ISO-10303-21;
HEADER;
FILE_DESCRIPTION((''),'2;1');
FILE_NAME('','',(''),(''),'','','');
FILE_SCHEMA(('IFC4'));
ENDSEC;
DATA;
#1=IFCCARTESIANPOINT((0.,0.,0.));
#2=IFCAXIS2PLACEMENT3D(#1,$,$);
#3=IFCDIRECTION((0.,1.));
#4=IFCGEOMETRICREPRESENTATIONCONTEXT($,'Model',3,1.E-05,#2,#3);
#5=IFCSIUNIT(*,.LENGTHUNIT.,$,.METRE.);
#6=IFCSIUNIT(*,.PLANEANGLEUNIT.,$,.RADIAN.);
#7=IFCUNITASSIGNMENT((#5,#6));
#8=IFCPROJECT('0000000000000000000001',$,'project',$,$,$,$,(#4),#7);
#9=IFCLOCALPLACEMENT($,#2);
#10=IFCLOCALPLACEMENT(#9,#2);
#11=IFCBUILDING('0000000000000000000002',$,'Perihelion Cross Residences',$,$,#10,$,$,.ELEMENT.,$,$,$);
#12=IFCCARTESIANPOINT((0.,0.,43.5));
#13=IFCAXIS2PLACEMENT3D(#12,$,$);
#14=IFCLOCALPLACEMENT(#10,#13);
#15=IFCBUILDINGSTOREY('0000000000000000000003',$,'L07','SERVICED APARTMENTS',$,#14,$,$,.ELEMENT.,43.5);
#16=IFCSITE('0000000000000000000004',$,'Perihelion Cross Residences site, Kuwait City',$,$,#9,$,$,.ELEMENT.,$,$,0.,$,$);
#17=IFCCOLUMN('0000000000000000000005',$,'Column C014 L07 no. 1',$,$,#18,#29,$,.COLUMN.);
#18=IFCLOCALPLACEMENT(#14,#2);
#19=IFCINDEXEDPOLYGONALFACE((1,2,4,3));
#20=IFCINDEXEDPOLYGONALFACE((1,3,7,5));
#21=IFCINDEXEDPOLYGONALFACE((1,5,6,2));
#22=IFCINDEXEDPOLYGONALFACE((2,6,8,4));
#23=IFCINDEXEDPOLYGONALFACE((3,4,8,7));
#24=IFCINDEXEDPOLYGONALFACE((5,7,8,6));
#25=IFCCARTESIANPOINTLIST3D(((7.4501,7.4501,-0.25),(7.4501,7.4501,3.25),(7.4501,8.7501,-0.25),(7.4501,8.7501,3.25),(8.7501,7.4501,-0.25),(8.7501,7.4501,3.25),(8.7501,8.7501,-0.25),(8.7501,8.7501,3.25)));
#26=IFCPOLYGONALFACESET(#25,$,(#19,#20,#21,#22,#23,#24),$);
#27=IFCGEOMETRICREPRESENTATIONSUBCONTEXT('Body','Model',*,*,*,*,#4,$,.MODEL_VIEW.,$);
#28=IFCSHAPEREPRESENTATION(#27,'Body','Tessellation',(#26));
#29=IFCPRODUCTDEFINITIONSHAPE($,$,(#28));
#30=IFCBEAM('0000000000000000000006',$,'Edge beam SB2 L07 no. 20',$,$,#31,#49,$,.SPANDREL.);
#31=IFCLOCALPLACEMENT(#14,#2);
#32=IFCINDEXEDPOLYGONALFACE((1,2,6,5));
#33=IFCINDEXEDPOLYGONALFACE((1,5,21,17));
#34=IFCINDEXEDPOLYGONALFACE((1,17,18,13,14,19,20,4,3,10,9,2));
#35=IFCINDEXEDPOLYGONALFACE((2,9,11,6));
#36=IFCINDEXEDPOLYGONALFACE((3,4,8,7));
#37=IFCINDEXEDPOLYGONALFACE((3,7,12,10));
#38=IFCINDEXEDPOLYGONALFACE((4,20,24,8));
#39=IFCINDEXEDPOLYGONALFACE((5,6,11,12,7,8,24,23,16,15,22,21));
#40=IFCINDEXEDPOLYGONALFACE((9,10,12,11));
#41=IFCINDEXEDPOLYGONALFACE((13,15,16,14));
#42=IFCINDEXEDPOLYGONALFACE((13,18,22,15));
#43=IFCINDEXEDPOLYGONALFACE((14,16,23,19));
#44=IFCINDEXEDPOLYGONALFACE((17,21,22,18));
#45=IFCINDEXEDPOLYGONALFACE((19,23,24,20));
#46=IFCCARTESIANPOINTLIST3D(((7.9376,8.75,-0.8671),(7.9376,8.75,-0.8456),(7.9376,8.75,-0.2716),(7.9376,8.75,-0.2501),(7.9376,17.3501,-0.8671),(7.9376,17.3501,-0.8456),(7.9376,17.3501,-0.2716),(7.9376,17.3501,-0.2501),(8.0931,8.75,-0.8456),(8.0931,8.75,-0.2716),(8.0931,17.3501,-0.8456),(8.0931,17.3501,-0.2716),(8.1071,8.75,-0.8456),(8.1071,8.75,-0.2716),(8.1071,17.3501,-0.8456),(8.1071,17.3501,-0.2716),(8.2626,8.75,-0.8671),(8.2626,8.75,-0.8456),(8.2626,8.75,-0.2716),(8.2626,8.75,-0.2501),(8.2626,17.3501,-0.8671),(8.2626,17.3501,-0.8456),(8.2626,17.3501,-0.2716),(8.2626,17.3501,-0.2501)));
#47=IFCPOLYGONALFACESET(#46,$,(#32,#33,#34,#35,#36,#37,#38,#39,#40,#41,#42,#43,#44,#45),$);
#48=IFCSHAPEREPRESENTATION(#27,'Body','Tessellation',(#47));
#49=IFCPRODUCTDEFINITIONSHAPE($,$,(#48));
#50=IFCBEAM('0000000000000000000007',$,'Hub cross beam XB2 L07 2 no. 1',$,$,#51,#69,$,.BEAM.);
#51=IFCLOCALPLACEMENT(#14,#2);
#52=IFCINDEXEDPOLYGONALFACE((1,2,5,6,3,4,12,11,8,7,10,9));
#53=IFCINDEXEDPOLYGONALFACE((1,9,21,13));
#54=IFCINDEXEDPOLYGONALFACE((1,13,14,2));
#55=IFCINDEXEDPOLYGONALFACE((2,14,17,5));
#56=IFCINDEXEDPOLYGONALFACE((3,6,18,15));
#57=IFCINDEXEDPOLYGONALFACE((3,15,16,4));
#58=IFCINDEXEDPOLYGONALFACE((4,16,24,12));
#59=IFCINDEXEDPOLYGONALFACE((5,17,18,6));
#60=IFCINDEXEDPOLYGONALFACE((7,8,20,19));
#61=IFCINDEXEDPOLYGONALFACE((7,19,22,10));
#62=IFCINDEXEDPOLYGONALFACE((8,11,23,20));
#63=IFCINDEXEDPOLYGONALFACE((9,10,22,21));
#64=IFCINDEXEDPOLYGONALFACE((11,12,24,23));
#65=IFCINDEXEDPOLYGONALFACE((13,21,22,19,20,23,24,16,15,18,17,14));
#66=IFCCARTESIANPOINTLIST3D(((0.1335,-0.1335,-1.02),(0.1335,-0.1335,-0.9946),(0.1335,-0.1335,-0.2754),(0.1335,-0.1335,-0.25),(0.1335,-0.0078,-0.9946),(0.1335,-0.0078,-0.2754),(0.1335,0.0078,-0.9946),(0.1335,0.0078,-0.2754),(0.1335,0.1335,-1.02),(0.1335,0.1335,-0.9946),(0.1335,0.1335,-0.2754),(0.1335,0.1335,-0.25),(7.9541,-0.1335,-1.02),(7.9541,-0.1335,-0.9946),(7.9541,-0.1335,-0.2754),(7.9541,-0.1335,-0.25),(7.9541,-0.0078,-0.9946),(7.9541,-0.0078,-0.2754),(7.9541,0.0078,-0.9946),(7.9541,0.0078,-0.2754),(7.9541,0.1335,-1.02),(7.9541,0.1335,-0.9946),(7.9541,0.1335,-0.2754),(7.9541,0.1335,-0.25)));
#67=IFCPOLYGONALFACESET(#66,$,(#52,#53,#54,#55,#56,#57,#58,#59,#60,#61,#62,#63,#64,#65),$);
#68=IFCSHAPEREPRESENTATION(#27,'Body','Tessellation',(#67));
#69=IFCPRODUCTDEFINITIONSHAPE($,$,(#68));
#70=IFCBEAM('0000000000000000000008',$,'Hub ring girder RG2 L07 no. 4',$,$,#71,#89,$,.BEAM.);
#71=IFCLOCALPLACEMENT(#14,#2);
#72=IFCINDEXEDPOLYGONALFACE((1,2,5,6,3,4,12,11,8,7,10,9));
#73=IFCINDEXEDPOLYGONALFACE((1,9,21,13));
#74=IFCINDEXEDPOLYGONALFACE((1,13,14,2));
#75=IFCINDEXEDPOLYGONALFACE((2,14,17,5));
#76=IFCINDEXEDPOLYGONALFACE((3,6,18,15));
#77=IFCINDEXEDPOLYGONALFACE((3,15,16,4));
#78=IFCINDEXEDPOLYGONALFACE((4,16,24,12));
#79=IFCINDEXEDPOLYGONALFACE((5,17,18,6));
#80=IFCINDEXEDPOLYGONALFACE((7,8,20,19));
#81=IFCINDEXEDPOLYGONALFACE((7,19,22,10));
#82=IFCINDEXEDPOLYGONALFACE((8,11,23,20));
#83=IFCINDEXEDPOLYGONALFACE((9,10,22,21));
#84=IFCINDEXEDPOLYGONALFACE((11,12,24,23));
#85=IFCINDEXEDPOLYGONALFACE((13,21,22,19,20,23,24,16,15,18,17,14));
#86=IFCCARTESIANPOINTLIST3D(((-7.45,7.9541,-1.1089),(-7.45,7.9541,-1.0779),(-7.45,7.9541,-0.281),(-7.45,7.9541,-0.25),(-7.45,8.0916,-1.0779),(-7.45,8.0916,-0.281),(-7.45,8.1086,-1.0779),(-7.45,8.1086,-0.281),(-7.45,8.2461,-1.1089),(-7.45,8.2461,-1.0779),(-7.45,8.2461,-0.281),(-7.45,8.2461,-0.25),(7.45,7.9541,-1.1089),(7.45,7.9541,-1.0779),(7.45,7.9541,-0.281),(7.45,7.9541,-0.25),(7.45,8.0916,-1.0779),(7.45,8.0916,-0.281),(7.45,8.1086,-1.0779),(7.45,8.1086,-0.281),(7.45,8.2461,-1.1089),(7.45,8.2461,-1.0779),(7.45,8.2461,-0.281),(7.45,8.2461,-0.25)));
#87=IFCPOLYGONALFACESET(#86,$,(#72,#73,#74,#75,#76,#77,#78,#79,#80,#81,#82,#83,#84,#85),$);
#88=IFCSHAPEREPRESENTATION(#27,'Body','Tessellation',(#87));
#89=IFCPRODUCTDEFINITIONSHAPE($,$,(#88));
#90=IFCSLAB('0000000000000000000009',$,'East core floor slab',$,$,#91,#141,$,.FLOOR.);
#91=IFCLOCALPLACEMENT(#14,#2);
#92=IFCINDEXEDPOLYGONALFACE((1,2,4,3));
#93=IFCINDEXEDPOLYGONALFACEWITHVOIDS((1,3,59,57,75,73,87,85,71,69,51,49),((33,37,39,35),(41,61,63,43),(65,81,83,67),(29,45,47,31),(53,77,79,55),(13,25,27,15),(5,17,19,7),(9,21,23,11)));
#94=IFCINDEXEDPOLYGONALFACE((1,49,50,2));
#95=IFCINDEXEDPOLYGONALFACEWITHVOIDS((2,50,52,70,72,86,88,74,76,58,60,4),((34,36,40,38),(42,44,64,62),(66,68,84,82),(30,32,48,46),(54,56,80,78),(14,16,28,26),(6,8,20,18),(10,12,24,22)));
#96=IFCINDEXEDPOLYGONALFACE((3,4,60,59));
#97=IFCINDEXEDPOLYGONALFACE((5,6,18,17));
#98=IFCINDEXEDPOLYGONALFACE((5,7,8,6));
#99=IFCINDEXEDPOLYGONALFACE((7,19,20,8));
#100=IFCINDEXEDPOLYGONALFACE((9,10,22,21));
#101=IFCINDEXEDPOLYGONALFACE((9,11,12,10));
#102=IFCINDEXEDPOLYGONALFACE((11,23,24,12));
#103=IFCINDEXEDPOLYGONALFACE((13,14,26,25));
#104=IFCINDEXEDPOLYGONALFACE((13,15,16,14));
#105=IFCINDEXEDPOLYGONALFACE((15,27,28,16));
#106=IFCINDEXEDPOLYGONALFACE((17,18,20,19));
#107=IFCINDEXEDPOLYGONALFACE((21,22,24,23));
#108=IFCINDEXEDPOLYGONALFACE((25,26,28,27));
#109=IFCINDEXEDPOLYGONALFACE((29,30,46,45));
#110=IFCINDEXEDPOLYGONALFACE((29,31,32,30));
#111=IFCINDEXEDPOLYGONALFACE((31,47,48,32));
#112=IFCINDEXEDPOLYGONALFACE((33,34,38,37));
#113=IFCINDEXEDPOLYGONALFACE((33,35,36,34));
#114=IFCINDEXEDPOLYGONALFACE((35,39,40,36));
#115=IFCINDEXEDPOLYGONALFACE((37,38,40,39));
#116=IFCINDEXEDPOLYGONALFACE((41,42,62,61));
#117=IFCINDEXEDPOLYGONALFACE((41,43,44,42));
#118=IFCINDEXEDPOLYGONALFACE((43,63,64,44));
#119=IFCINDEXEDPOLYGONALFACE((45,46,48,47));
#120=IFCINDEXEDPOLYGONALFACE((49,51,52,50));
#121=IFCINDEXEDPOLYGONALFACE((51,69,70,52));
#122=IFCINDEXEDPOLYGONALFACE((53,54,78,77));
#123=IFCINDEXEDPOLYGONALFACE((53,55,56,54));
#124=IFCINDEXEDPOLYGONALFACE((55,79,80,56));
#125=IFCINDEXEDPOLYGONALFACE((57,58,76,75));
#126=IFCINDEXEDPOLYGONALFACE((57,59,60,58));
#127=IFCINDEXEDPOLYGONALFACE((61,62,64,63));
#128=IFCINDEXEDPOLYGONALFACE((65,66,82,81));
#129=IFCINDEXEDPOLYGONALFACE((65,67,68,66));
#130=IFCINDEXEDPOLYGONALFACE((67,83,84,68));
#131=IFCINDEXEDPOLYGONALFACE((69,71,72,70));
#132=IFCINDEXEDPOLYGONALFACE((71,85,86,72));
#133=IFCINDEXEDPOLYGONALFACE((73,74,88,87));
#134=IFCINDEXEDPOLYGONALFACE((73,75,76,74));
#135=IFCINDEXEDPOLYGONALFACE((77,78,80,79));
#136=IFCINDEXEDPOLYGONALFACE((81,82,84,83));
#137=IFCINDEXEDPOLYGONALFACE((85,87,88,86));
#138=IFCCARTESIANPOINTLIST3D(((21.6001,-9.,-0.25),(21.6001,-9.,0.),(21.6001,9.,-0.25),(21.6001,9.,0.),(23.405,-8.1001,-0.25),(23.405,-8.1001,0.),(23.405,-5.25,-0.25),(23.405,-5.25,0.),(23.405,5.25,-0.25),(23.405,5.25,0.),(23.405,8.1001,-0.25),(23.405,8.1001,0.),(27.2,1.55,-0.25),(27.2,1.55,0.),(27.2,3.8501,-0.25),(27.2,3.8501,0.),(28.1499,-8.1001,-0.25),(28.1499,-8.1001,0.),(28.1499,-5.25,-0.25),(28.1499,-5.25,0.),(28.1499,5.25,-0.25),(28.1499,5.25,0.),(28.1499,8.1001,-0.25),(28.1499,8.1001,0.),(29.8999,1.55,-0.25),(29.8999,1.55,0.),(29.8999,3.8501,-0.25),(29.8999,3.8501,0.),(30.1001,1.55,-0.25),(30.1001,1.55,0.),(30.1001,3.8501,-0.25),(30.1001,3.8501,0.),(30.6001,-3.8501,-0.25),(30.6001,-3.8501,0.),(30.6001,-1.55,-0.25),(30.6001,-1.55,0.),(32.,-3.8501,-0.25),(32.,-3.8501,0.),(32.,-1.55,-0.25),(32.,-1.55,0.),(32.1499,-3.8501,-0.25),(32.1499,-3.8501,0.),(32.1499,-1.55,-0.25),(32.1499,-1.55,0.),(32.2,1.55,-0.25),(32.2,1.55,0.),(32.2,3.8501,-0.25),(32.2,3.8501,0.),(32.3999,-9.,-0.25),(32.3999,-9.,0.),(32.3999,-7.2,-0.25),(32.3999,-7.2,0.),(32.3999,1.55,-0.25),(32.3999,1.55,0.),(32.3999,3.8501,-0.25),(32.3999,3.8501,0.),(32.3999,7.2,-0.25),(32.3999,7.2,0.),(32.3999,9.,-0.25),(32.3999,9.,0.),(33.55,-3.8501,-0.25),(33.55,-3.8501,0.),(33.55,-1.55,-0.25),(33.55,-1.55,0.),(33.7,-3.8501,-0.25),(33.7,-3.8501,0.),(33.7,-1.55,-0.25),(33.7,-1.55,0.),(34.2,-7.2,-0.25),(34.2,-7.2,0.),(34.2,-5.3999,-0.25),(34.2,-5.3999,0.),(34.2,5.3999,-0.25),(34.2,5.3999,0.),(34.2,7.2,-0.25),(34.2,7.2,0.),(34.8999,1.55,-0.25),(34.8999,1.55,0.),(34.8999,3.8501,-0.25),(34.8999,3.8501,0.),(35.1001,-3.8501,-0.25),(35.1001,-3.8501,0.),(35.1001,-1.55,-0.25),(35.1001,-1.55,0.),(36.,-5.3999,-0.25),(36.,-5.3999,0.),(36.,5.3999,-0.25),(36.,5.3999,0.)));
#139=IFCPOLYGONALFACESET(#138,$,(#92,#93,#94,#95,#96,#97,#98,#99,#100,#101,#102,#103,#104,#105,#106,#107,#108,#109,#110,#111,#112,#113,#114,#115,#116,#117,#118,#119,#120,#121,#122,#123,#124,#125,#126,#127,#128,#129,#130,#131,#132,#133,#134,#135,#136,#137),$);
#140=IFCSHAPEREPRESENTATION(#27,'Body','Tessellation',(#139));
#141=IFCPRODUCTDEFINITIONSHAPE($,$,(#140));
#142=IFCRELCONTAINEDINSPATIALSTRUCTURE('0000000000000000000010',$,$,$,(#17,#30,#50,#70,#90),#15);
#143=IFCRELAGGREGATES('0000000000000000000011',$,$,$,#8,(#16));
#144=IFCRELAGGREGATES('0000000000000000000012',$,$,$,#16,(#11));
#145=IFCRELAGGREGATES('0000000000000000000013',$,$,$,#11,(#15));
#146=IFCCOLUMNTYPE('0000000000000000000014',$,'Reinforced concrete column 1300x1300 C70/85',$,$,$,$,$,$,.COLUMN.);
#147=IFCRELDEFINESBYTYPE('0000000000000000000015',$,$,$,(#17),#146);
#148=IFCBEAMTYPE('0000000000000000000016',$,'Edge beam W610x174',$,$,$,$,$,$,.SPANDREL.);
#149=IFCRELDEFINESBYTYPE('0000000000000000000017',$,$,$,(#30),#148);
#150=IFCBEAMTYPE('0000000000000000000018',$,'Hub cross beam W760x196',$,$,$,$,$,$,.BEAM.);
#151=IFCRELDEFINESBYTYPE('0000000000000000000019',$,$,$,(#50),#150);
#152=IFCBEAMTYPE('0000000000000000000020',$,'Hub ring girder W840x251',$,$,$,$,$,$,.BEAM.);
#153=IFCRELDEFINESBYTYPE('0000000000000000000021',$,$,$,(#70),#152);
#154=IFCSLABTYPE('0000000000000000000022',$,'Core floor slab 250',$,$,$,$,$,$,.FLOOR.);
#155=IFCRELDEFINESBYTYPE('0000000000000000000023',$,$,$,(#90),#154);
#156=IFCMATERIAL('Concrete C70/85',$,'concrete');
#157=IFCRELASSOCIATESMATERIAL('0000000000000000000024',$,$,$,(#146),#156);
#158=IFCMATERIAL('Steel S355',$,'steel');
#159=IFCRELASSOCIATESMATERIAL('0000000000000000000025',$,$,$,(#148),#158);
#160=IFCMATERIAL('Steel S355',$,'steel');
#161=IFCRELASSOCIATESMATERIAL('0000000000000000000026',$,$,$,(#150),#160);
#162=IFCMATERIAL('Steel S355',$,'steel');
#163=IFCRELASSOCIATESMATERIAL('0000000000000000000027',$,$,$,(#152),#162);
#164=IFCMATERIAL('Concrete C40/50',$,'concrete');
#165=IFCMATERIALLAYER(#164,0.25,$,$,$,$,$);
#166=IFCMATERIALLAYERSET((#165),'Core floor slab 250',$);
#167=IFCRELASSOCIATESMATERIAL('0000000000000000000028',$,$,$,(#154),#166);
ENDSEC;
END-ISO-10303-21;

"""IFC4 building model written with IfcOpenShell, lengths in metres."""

from ifc_helpers import new_model, si_unit, direction, frame, origin, origin_2d, place, context, subcontext, project, spatial, polyline, rectangle, i_section, outline, extrude, material, layer, layer_set, material_profile, profile_set, type_object, element, save


model = new_model("IFC4")

# Units and contexts
model_context = context("Model", 3, precision=1e-05, world=origin(), true_north=direction((0.0, 1.0)))
body_context = subcontext(model_context, "Body", "Model", "MODEL_VIEW")
ifc_project = project(units=[si_unit("LENGTHUNIT", "METRE"), si_unit("PLANEANGLEUNIT", "RADIAN")], contexts=[model_context])

# Site, building, storey
site_placement = place(None, origin())
site = spatial("IfcSite", under=ifc_project, at=site_placement, Name="Perihelion Cross Residences site, Kuwait City", CompositionType="ELEMENT", RefElevation=0.0)
building_placement = place(site_placement, origin())
building = spatial("IfcBuilding", under=site, at=building_placement, Name="Perihelion Cross Residences", CompositionType="ELEMENT")
storey_placement = place(building_placement, frame((0.0, 0.0, 43.5)))
storey = spatial("IfcBuildingStorey", under=building, at=storey_placement, Name="L07", Description="SERVICED APARTMENTS", CompositionType="ELEMENT", Elevation=43.5)

# Column
ifc_material_1 = material(Name="Concrete C70/85", Category="concrete")
ifc_material_profile_1 = material_profile(ifc_material_1, rectangle(XDim=1.3, YDim=1.3, at=origin_2d()), Name="RC 1300x1300")
ifc_profile_set_1 = profile_set([ifc_material_profile_1], Name="Concrete C70/85")
column_type = type_object("IfcColumnType", Name="Reinforced concrete column 1300x1300 C70/85", PredefinedType="COLUMN", material=ifc_profile_set_1)
column_placement = place(storey_placement, frame((8.1001, 8.1001, -0.25), z_axis=(0.0, 0.0, 1.0), x_axis=(1.0, 0.0, 0.0)))
element("IfcColumn", 1, at=column_placement, inside=storey, type_object=column_type, Name="Column C014 L07 no. 1", PredefinedType="COLUMN", context=body_context, shape_type="SweptSolid", body=[
    extrude(rectangle(XDim=1.3, YDim=1.3, at=origin_2d()), origin(), (0.0, 0.0, 1.0), 3.5),
])

# Beams
ifc_material_2 = material(Name="Steel S355", Category="steel")
ifc_material_profile_2 = material_profile(ifc_material_2, i_section(OverallWidth=0.325, OverallDepth=0.6169, WebThickness=0.0139, FlangeThickness=0.0215, at=origin_2d()), Name="W610x174")
ifc_profile_set_2 = profile_set([ifc_material_profile_2], Name="Steel S355")
beam_type_1 = type_object("IfcBeamType", Name="Edge beam W610x174", PredefinedType="SPANDREL", material=ifc_profile_set_2)
beam_1_placement = place(storey_placement, frame((8.1001, 8.75, -0.5586), z_axis=(0.0, 1.0, 0.0), x_axis=(-1.0, 0.0, 0.0)))
element("IfcBeam", 2, at=beam_1_placement, inside=storey, type_object=beam_type_1, Name="Edge beam SB2 L07 no. 20", PredefinedType="SPANDREL", context=body_context, shape_type="SweptSolid", body=[
    extrude(i_section(OverallWidth=0.325, OverallDepth=0.6169, WebThickness=0.0139, FlangeThickness=0.0215, at=origin_2d()), origin(), (0.0, 0.0, 1.0), 8.6001),
])
ifc_material_3 = material(Name="Steel S355", Category="steel")
ifc_material_profile_3 = material_profile(ifc_material_3, i_section(OverallWidth=0.2671, OverallDepth=0.77, WebThickness=0.0156, FlangeThickness=0.0254, at=origin_2d()), Name="W760x196")
ifc_profile_set_3 = profile_set([ifc_material_profile_3], Name="Steel S355")
beam_type_2 = type_object("IfcBeamType", Name="Hub cross beam W760x196", PredefinedType="BEAM", material=ifc_profile_set_3)
beam_2_placement = place(storey_placement, frame((0.1335, 0.0, -0.635), z_axis=(1.0, 0.0, 0.0), x_axis=(0.0, 1.0, 0.0)))
element("IfcBeam", 3, at=beam_2_placement, inside=storey, type_object=beam_type_2, Name="Hub cross beam XB2 L07 2 no. 1", PredefinedType="BEAM", context=body_context, shape_type="SweptSolid", body=[
    extrude(i_section(OverallWidth=0.2671, OverallDepth=0.77, WebThickness=0.0156, FlangeThickness=0.0254, at=origin_2d()), origin(), (0.0, 0.0, 1.0), 7.8206),
])
ifc_material_4 = material(Name="Steel S355", Category="steel")
ifc_material_profile_4 = material_profile(ifc_material_4, i_section(OverallWidth=0.292, OverallDepth=0.8589, WebThickness=0.0171, FlangeThickness=0.031, at=origin_2d()), Name="W840x251")
ifc_profile_set_4 = profile_set([ifc_material_profile_4], Name="Steel S355")
beam_type_3 = type_object("IfcBeamType", Name="Hub ring girder W840x251", PredefinedType="BEAM", material=ifc_profile_set_4)
beam_3_placement = place(storey_placement, frame((7.45, 8.1001, -0.6794), z_axis=(-1.0, 0.0, 0.0), x_axis=(0.0, -1.0, 0.0)))
element("IfcBeam", 4, at=beam_3_placement, inside=storey, type_object=beam_type_3, Name="Hub ring girder RG2 L07 no. 4", PredefinedType="BEAM", context=body_context, shape_type="SweptSolid", body=[
    extrude(i_section(OverallWidth=0.292, OverallDepth=0.8589, WebThickness=0.0171, FlangeThickness=0.031, at=origin_2d()), origin(), (0.0, 0.0, 1.0), 14.8999),
])

# Slab
ifc_material_5 = material(Name="Concrete C40/50", Category="concrete")
ifc_layer_1 = layer(ifc_material_5, 0.25)
ifc_layer_set_1 = layer_set([ifc_layer_1], Name="Core floor slab 250")
slab_type_1 = type_object("IfcSlabType", Name="Core floor slab 250", PredefinedType="FLOOR", material=ifc_layer_set_1)
slab_1_placement = place(storey_placement, frame((0.0, 0.0, -0.25)))
element("IfcSlab", 5, at=slab_1_placement, inside=storey, type_object=slab_type_1, Name="East core floor slab", PredefinedType="FLOOR", context=body_context, shape_type="SweptSolid", body=[
    extrude(outline(polyline([(32.3999, 7.2), (34.2, 7.2), (34.2, 5.3999), (36.0, 5.3999), (36.0, -5.3999), (34.2, -5.3999), (34.2, -7.2), (32.3999, -7.2), (32.3999, -9.0), (21.6001, -9.0), (21.6001, 9.0), (32.3999, 9.0), (32.3999, 7.2)]), holes=[polyline([(23.405, -8.1001), (28.1499, -8.1001), (28.1499, -5.25), (23.405, -5.25), (23.405, -8.1001)]), polyline([(30.6001, -1.55), (30.6001, -3.8501), (32.0, -3.8501), (32.0, -1.55), (30.6001, -1.55)]), polyline([(32.1499, -1.55), (32.1499, -3.8501), (33.55, -3.8501), (33.55, -1.55), (32.1499, -1.55)]), polyline([(33.7, -1.55), (33.7, -3.8501), (35.1001, -3.8501), (35.1001, -1.55), (33.7, -1.55)]), polyline([(27.2, 3.8501), (27.2, 1.55), (29.8999, 1.55), (29.8999, 3.8501), (27.2, 3.8501)]), polyline([(30.1001, 3.8501), (30.1001, 1.55), (32.2, 1.55), (32.2, 3.8501), (30.1001, 3.8501)]), polyline([(32.3999, 3.8501), (32.3999, 1.55), (34.8999, 1.55), (34.8999, 3.8501), (32.3999, 3.8501)]), polyline([(23.405, 5.25), (28.1499, 5.25), (28.1499, 8.1001), (23.405, 8.1001), (23.405, 5.25)])]), origin(), (0.0, 0.0, 1.0), 0.25),
])

save(model, "model.ifc")
